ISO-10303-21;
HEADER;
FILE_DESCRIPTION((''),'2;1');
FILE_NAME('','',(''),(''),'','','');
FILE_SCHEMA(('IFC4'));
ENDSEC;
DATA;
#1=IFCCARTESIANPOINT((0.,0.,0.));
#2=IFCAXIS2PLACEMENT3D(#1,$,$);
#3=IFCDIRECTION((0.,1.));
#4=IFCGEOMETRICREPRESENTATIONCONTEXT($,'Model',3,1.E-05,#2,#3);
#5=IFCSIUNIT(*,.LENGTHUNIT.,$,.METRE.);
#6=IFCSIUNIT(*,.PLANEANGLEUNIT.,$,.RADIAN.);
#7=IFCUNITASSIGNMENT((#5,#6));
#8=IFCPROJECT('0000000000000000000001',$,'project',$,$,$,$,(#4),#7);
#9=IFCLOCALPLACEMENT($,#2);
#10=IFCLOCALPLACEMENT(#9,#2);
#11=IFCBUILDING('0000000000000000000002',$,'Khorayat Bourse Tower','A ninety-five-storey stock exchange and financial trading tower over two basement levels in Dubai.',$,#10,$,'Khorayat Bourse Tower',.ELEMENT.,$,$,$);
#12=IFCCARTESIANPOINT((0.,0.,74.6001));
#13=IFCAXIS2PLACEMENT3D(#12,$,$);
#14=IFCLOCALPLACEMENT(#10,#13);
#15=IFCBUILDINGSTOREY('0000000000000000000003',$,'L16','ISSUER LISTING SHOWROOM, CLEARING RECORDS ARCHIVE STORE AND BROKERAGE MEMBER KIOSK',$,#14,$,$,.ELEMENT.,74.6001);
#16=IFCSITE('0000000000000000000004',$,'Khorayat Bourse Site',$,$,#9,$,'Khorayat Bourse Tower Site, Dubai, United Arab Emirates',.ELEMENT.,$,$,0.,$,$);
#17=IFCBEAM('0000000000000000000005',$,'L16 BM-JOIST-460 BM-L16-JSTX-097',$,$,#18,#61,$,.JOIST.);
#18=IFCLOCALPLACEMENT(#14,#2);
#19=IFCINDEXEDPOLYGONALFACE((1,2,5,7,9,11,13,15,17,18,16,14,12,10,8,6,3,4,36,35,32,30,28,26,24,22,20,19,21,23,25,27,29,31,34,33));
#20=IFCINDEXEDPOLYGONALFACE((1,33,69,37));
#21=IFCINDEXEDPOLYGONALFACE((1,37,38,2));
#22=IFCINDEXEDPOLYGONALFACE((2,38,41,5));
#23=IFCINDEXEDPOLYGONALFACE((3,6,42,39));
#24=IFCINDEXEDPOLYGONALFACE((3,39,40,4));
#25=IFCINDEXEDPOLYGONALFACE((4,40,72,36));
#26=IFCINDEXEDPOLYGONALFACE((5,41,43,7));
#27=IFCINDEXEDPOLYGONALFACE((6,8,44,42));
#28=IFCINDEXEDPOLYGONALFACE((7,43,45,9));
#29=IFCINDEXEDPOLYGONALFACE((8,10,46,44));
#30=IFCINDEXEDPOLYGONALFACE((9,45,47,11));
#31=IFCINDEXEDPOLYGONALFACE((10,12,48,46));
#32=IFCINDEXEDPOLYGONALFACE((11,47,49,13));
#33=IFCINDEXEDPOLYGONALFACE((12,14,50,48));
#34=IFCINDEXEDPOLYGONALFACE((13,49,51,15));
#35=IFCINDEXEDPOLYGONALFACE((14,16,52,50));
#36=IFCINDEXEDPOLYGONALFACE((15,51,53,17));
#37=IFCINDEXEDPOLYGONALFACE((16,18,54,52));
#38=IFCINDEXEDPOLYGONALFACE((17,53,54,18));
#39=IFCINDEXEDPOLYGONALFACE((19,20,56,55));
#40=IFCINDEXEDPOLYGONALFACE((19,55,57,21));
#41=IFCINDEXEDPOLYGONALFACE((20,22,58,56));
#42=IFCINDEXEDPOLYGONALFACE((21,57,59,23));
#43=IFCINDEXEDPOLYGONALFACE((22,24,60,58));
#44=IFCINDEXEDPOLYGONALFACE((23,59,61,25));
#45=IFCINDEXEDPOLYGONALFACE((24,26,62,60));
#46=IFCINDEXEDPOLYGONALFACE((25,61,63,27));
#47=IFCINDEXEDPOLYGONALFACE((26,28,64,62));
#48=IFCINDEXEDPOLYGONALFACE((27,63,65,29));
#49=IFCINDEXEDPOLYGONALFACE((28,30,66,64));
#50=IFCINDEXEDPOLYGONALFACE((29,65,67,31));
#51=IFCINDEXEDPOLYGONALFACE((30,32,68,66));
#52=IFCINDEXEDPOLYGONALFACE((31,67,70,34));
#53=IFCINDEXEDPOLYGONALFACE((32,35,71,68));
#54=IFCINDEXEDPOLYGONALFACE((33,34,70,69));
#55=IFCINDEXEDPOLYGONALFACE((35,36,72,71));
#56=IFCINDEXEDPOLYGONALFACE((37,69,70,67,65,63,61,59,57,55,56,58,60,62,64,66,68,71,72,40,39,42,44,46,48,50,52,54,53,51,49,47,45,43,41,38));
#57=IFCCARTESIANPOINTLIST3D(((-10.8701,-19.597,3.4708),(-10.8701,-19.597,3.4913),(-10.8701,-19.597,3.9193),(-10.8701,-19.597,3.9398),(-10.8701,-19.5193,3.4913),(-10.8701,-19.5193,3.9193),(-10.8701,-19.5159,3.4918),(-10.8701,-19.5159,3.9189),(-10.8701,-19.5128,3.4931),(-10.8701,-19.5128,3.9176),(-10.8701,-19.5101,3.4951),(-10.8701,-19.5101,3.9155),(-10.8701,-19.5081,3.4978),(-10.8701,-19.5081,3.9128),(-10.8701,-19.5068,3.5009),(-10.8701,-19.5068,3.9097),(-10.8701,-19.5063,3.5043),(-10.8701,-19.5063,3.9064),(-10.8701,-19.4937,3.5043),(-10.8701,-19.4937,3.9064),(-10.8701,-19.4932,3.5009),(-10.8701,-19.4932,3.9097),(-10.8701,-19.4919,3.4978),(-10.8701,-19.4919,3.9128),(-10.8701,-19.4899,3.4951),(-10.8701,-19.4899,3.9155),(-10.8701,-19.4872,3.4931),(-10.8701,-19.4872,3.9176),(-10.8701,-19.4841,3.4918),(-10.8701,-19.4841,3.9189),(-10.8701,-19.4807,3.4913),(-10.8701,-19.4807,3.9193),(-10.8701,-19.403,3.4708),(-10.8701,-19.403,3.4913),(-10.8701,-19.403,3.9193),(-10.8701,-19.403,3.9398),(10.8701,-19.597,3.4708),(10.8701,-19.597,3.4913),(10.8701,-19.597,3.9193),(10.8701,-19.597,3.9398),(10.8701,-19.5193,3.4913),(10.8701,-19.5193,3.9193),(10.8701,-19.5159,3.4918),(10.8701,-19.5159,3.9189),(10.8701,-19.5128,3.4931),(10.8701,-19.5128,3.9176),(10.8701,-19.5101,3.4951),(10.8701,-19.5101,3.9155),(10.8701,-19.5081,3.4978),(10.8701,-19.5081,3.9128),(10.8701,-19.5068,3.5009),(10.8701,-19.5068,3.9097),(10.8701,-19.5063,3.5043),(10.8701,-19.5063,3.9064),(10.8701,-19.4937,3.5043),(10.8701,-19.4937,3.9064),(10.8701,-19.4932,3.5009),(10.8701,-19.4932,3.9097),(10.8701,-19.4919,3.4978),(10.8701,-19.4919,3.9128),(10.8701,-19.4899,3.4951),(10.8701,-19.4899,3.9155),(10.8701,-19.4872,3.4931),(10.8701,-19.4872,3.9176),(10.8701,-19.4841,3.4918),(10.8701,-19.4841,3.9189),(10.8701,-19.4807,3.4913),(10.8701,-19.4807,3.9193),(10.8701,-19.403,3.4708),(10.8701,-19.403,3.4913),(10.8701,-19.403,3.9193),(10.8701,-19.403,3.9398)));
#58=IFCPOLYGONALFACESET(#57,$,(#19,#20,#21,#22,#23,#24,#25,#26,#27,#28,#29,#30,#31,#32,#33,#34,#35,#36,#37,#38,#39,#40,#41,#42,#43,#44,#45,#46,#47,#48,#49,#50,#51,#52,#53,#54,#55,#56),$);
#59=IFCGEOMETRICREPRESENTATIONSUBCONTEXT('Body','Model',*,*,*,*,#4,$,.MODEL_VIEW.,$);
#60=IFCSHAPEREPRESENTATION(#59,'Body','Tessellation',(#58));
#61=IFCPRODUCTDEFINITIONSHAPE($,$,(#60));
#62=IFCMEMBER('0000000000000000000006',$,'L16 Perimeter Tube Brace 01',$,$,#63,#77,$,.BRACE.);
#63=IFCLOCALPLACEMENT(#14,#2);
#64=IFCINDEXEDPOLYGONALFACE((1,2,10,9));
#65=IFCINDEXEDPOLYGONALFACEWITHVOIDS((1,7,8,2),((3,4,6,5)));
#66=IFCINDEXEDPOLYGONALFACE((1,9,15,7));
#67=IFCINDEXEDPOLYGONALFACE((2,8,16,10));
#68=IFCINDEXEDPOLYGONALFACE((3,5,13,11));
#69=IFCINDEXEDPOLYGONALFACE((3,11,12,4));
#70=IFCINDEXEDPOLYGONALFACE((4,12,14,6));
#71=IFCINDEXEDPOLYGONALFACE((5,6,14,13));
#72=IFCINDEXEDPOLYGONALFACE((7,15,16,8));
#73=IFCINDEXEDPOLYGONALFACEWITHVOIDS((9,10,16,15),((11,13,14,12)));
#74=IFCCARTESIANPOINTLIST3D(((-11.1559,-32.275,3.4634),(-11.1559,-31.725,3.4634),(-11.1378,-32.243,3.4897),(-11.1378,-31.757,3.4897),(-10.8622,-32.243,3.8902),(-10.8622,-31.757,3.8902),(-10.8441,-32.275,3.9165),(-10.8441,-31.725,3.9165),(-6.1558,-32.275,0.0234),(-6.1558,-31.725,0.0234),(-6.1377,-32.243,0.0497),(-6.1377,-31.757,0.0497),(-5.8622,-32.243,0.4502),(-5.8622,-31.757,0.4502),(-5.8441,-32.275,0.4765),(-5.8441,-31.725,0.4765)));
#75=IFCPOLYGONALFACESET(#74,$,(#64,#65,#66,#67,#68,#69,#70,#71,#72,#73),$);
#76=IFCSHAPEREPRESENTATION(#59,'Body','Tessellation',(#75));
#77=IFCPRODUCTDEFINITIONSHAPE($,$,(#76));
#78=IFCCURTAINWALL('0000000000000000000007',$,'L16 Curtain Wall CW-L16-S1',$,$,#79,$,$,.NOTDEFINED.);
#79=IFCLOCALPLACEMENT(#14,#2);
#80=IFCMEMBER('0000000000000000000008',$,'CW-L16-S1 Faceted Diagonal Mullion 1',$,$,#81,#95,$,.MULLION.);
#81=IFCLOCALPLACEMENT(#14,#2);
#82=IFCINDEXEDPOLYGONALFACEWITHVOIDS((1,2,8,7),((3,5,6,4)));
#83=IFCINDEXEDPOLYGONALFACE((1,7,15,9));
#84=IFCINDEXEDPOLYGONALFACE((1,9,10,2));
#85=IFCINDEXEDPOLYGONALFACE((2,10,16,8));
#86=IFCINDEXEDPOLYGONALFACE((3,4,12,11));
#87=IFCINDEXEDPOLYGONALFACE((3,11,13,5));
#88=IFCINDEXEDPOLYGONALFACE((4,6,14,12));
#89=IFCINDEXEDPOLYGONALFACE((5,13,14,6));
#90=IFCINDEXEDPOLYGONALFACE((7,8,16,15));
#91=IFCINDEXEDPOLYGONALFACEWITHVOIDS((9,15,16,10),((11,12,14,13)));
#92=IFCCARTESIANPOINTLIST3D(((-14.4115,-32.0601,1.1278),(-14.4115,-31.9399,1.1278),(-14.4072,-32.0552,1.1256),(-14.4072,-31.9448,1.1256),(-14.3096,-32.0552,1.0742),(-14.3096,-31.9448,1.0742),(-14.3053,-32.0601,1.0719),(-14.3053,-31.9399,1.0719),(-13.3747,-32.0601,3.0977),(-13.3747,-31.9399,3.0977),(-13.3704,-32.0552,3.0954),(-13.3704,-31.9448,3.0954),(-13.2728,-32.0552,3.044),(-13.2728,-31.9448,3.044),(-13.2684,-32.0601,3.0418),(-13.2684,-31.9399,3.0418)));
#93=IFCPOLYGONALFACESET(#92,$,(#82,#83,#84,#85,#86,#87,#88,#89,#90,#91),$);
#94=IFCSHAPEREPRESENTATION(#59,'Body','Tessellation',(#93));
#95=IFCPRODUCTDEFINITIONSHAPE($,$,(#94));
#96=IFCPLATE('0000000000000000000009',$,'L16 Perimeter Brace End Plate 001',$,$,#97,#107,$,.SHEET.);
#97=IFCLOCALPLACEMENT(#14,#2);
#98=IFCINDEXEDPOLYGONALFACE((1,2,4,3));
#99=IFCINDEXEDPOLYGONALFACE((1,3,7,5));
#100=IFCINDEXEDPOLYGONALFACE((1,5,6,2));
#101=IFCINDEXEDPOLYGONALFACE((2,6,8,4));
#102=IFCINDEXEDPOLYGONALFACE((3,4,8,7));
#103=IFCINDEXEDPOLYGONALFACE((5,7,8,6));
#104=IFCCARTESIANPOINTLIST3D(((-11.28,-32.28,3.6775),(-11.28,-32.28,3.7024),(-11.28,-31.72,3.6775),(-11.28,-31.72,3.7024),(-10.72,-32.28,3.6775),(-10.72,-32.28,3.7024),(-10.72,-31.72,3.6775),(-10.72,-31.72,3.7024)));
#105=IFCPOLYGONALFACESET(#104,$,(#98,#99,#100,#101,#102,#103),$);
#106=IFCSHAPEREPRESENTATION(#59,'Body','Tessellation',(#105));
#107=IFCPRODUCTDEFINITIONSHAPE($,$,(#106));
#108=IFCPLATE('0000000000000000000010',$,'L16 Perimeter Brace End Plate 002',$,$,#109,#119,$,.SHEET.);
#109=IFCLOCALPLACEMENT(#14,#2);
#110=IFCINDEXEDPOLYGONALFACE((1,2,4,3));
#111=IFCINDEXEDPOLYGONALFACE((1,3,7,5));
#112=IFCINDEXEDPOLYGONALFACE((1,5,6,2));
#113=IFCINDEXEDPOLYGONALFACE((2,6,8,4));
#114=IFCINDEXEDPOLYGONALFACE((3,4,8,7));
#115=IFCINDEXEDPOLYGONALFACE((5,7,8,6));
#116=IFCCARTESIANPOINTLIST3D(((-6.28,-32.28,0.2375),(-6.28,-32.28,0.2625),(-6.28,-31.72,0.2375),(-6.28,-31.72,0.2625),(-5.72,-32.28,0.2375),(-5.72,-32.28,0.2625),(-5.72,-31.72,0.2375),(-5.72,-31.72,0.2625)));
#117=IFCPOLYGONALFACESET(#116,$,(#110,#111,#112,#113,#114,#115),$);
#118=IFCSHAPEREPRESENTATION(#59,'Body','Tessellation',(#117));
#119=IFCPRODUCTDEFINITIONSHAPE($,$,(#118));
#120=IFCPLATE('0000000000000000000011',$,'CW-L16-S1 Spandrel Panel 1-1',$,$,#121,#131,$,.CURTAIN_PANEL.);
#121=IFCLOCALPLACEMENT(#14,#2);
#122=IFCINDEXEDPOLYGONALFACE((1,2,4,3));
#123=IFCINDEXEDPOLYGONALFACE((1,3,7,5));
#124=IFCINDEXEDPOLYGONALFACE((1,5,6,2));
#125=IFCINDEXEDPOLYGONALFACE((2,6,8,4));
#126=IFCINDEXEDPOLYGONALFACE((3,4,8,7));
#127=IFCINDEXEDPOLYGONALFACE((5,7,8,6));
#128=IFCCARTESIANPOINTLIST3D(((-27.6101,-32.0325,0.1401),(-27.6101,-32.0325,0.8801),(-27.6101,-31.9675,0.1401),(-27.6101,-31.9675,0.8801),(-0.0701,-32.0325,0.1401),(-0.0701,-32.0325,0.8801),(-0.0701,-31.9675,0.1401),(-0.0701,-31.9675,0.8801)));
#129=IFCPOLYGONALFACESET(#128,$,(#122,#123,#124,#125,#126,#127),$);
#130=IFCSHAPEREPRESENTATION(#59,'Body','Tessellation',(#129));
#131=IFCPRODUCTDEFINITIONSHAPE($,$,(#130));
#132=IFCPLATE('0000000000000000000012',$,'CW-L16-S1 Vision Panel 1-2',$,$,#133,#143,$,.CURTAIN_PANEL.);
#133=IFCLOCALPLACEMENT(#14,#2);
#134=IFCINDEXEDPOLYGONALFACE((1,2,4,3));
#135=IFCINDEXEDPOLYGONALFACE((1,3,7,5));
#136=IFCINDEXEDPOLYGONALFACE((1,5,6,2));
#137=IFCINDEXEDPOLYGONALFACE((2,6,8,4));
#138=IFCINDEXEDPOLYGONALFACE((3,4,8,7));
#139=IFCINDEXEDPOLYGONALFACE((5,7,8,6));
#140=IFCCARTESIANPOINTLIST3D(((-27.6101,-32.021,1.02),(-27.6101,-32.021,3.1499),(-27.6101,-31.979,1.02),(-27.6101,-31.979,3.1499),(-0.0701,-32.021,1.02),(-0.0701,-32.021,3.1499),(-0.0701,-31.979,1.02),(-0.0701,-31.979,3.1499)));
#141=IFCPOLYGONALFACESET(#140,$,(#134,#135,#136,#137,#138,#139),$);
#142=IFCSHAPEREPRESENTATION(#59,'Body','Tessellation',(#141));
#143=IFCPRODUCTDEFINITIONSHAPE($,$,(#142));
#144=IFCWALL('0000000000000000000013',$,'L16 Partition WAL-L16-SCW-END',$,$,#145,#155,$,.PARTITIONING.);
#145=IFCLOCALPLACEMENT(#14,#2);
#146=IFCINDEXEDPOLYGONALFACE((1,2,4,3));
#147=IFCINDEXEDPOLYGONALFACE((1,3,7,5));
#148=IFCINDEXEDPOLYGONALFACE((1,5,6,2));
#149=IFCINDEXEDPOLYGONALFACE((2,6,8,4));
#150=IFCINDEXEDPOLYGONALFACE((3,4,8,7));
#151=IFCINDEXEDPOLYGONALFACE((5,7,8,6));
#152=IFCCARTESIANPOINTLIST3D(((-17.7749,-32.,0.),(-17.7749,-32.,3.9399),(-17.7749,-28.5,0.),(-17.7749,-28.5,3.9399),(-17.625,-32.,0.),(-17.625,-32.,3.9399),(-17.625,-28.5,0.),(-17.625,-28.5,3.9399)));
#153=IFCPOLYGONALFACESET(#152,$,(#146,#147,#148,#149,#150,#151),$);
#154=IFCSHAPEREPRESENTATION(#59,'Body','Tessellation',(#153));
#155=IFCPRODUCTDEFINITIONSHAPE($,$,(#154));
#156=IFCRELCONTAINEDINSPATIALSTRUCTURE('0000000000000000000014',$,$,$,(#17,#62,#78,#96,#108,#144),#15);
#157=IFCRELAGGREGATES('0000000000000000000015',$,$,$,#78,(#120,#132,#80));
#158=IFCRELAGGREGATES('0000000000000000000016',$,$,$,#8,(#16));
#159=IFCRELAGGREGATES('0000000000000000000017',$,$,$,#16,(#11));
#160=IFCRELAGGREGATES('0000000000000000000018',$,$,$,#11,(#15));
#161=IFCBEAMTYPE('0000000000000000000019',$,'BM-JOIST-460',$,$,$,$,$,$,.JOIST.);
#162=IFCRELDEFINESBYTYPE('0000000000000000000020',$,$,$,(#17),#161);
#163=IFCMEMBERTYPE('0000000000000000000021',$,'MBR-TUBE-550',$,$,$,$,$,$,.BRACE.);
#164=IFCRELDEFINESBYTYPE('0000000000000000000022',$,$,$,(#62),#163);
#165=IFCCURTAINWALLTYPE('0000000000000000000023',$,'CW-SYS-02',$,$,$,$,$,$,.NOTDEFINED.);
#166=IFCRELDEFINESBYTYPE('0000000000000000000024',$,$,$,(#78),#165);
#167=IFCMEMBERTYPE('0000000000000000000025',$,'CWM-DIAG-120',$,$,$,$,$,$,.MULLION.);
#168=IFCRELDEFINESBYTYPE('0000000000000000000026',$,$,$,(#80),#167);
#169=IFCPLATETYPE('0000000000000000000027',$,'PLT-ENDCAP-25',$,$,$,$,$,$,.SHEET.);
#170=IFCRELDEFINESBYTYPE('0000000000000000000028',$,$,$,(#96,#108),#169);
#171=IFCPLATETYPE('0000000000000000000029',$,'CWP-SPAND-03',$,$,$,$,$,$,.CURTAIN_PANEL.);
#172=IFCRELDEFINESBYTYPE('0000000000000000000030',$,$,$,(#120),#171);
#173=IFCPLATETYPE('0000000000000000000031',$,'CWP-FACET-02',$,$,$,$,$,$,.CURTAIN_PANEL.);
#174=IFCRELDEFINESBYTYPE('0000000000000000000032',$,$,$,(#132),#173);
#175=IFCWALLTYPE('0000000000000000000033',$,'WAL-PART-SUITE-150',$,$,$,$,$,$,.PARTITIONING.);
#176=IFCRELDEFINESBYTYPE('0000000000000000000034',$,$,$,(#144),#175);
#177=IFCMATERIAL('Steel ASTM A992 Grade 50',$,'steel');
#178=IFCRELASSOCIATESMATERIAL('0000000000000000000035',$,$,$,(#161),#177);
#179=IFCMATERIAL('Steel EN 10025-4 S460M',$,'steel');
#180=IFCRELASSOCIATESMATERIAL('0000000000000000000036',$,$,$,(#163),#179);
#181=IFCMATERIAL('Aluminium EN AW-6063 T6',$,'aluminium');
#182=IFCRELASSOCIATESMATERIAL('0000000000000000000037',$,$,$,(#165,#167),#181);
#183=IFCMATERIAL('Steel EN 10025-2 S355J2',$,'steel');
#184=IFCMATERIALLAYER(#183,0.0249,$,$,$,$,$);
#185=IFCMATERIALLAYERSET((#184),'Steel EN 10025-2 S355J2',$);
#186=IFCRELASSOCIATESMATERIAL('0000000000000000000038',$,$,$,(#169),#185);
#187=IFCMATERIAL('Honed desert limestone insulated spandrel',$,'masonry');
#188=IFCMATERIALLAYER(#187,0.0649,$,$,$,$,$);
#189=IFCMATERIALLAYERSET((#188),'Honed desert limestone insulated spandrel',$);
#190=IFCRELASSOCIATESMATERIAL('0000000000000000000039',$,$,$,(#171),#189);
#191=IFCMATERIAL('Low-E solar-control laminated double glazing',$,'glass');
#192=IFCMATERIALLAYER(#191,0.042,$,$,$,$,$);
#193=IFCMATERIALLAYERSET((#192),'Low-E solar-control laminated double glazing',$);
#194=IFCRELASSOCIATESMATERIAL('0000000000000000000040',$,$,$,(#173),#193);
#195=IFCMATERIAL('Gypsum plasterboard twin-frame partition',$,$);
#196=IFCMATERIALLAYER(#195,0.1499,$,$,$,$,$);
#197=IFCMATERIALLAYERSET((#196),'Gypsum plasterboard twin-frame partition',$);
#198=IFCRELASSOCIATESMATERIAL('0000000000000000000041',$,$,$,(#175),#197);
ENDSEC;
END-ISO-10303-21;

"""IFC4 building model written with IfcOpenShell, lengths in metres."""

from ifc_helpers import new_model, si_unit, direction, frame, frame_2d, origin, origin_2d, place, context, subcontext, project, spatial, rectangle, hollow_rectangle, i_section, extrude, source, transform, mapped, material, layer, layer_set, material_profile, profile_set, type_object, element, aggregate, save


model = new_model("IFC4")

# Units and contexts
model_context = context("Model", 3, precision=1e-05, world=origin(), true_north=direction((0.0, 1.0)))
body_context = subcontext(model_context, "Body", "Model", "MODEL_VIEW")
ifc_project = project(units=[si_unit("LENGTHUNIT", "METRE"), si_unit("PLANEANGLEUNIT", "RADIAN")], contexts=[model_context])

# Site, building, storey
site_placement = place(None, origin())
site = spatial("IfcSite", under=ifc_project, at=site_placement, Name="Khorayat Bourse Site", LongName="Khorayat Bourse Tower Site, Dubai, United Arab Emirates", CompositionType="ELEMENT", RefElevation=0.0)
building_placement = place(site_placement, origin())
building = spatial("IfcBuilding", under=site, at=building_placement, Name="Khorayat Bourse Tower", Description="A ninety-five-storey stock exchange and financial trading tower over two basement levels in Dubai.", LongName="Khorayat Bourse Tower", CompositionType="ELEMENT")
storey_placement = place(building_placement, frame((0.0, 0.0, 74.6001)))
storey = spatial("IfcBuildingStorey", under=building, at=storey_placement, Name="L16", Description="ISSUER LISTING SHOWROOM, CLEARING RECORDS ARCHIVE STORE AND BROKERAGE MEMBER KIOSK", CompositionType="ELEMENT", Elevation=74.6001)

# Shared definitions
ifc_material_1 = material(Name="Steel EN 10025-4 S460M", Category="steel")

# Beam
ifc_material_2 = material(Name="Steel ASTM A992 Grade 50", Category="steel")
ifc_material_profile_1 = material_profile(ifc_material_2, i_section(OverallWidth=0.1941, OverallDepth=0.469, WebThickness=0.0127, FlangeThickness=0.0205, FilletRadius=0.0129, at=origin_2d()), Name="W460X106")
ifc_profile_set_1 = profile_set([ifc_material_profile_1], Name="Steel ASTM A992 Grade 50")
beam_type_1 = type_object("IfcBeamType", Name="BM-JOIST-460", PredefinedType="JOIST", material=ifc_profile_set_1)
shared_shape_1 = source(origin(), body_context, "Body", "SweptSolid", [
    extrude(i_section(OverallWidth=0.1941, OverallDepth=0.469, WebThickness=0.0127, FlangeThickness=0.0205, FilletRadius=0.0129, at=origin_2d()), origin(), (0.0, 0.0, 1.0), 21.7402),
])
beam_1_placement = place(storey_placement, frame((-10.8701, -19.5, 3.7053), z_axis=(1.0, 0.0, 0.0), x_axis=(0.0, 1.0, 0.0)))
element("IfcBeam", 1, at=beam_1_placement, inside=storey, type_object=beam_type_1, Name="L16 BM-JOIST-460 BM-L16-JSTX-097", PredefinedType="JOIST", context=body_context, shape_type="MappedRepresentation", body=[
    mapped(shared_shape_1, transform((0.0, 0.0, 0.0), scale=1.0)),
])

# Member
ifc_material_profile_2 = material_profile(ifc_material_1, hollow_rectangle(XDim=0.55, YDim=0.55, WallThickness=0.032, at=origin_2d()), Name="HSS 550x550x32")
ifc_profile_set_2 = profile_set([ifc_material_profile_2], Name="Steel EN 10025-4 S460M")
member_type_1 = type_object("IfcMemberType", Name="MBR-TUBE-550", PredefinedType="BRACE", material=ifc_profile_set_2)
shared_shape_2 = source(origin(), body_context, "Body", "SweptSolid", [
    extrude(hollow_rectangle(XDim=0.55, YDim=0.55, WallThickness=0.032, at=origin_2d()), origin(), (0.0, 0.0, 1.0), 6.0691),
])
member_1_placement = place(storey_placement, frame((-11.0, -32.0, 3.6899), z_axis=(0.823854, 0.0, -0.566802), x_axis=(0.0, 1.0, 0.0)))
element("IfcMember", 2, at=member_1_placement, inside=storey, type_object=member_type_1, Name="L16 Perimeter Tube Brace 01", PredefinedType="BRACE", context=body_context, shape_type="MappedRepresentation", body=[
    mapped(shared_shape_2, transform((0.0, 0.0, 0.0), scale=1.0)),
])

# Curtain wall, member
ifc_material_3 = material(Name="Aluminium EN AW-6063 T6", Category="aluminium")
curtain_wall_type = type_object("IfcCurtainWallType", Name="CW-SYS-02", PredefinedType="NOTDEFINED", material=ifc_material_3)
curtain_wall_placement = place(storey_placement, origin())
curtain_wall = element("IfcCurtainWall", 3, at=curtain_wall_placement, inside=storey, type_object=curtain_wall_type, Name="L16 Curtain Wall CW-L16-S1", PredefinedType="NOTDEFINED")
ifc_material_profile_3 = material_profile(ifc_material_3, hollow_rectangle(XDim=0.1201, YDim=0.1201, WallThickness=0.0049, at=origin_2d()), Name="ALU 120x120x5")
ifc_profile_set_3 = profile_set([ifc_material_profile_3], Name="Aluminium EN AW-6063 T6")
member_type_2 = type_object("IfcMemberType", Name="CWM-DIAG-120", PredefinedType="MULLION", material=ifc_profile_set_3)
shared_shape_3 = source(origin(), body_context, "Body", "SweptSolid", [
    extrude(hollow_rectangle(XDim=0.1201, YDim=0.1201, WallThickness=0.0049, at=origin_2d()), origin(), (0.0, 0.0, 1.0), 2.2261),
])
member_2_placement = place(storey_placement, frame((-14.3584, -32.0, 1.0999), z_axis=(0.46576, 0.0, 0.884911), x_axis=(0.0, 1.0, 0.0)))
member_2 = element("IfcMember", 4, at=member_2_placement, type_object=member_type_2, Name="CW-L16-S1 Faceted Diagonal Mullion 1", PredefinedType="MULLION", context=body_context, shape_type="MappedRepresentation", body=[
    mapped(shared_shape_3, transform((0.0, 0.0, 0.0), scale=1.0)),
])

# Plates
ifc_material_4 = material(Name="Steel EN 10025-2 S355J2", Category="steel")
ifc_layer_1 = layer(ifc_material_4, 0.0249)
ifc_layer_set_1 = layer_set([ifc_layer_1], Name="Steel EN 10025-2 S355J2")
plate_type_1 = type_object("IfcPlateType", Name="PLT-ENDCAP-25", PredefinedType="SHEET", material=ifc_layer_set_1)
shared_shape_4 = source(origin(), body_context, "Body", "SweptSolid", [
    extrude(rectangle(XDim=0.5601, YDim=0.5601, at=origin_2d()), origin(), (0.0, 0.0, 1.0), 0.0249),
])
for number, where, z_axis, x_axis, name in (
    (5, (-11.0, -32.0, 3.6775), (0.0, 0.0, 1.0), (1.0, 0.0, 0.0), "L16 Perimeter Brace End Plate 001"),
    (6, (-6.0, -32.0, 0.2375), (0.0, 0.0, 1.0), (1.0, 0.0, 0.0), "L16 Perimeter Brace End Plate 002"),
):
    element("IfcPlate", number, at=place(storey_placement, frame(where, z_axis=z_axis, x_axis=x_axis)), inside=storey, type_object=plate_type_1, Name=name, PredefinedType="SHEET", context=body_context, shape_type="MappedRepresentation", body=[
        mapped(shared_shape_4, transform((0.0, 0.0, 0.0), scale=1.0)),
    ])

# Plates
ifc_material_5 = material(Name="Honed desert limestone insulated spandrel", Category="masonry")
ifc_layer_2 = layer(ifc_material_5, 0.0649)
ifc_layer_set_2 = layer_set([ifc_layer_2], Name="Honed desert limestone insulated spandrel")
plate_type_2 = type_object("IfcPlateType", Name="CWP-SPAND-03", PredefinedType="CURTAIN_PANEL", material=ifc_layer_set_2)
shared_shape_5 = source(origin(), body_context, "Body", "SweptSolid", [
    extrude(rectangle(XDim=27.54, YDim=0.0649, at=origin_2d()), origin(), (0.0, 0.0, 1.0), 0.74),
])
plate_1_placement = place(storey_placement, frame((-13.8401, -32.0, 0.1401), z_axis=(0.0, 0.0, 1.0), x_axis=(1.0, 0.0, 0.0)))
plate_1 = element("IfcPlate", 7, at=plate_1_placement, type_object=plate_type_2, Name="CW-L16-S1 Spandrel Panel 1-1", PredefinedType="CURTAIN_PANEL", context=body_context, shape_type="MappedRepresentation", body=[
    mapped(shared_shape_5, transform((0.0, 0.0, 0.0), scale=1.0)),
])
ifc_material_6 = material(Name="Low-E solar-control laminated double glazing", Category="glass")
ifc_layer_3 = layer(ifc_material_6, 0.042)
ifc_layer_set_3 = layer_set([ifc_layer_3], Name="Low-E solar-control laminated double glazing")
plate_type_3 = type_object("IfcPlateType", Name="CWP-FACET-02", PredefinedType="CURTAIN_PANEL", material=ifc_layer_set_3)
shared_shape_6 = source(origin(), body_context, "Body", "SweptSolid", [
    extrude(rectangle(XDim=27.54, YDim=0.042, at=origin_2d()), origin(), (0.0, 0.0, 1.0), 2.1299),
])
plate_2_placement = place(storey_placement, frame((-13.8401, -32.0, 1.02), z_axis=(0.0, 0.0, 1.0), x_axis=(1.0, 0.0, 0.0)))
plate_2 = element("IfcPlate", 8, at=plate_2_placement, type_object=plate_type_3, Name="CW-L16-S1 Vision Panel 1-2", PredefinedType="CURTAIN_PANEL", context=body_context, shape_type="MappedRepresentation", body=[
    mapped(shared_shape_6, transform((0.0, 0.0, 0.0), scale=1.0)),
])
aggregate(curtain_wall, [plate_1, plate_2, member_2])

# Wall
ifc_material_7 = material(Name="Gypsum plasterboard twin-frame partition")
ifc_layer_4 = layer(ifc_material_7, 0.1499)
ifc_layer_set_4 = layer_set([ifc_layer_4], Name="Gypsum plasterboard twin-frame partition")
wall_type_1 = type_object("IfcWallType", Name="WAL-PART-SUITE-150", PredefinedType="PARTITIONING", material=ifc_layer_set_4)
shared_shape_7 = source(origin(), body_context, "Body", "SweptSolid", [
    extrude(rectangle(XDim=3.5, YDim=0.1499, at=frame_2d((1.75, 0.0))), origin(), (0.0, 0.0, 1.0), 3.9399),
])
wall_1_placement = place(storey_placement, frame((-17.7, -32.0, 0.0), z_axis=(0.0, 0.0, 1.0), x_axis=(0.0, 1.0, 0.0)))
element("IfcWall", 9, at=wall_1_placement, inside=storey, type_object=wall_type_1, Name="L16 Partition WAL-L16-SCW-END", PredefinedType="PARTITIONING", context=body_context, shape_type="MappedRepresentation", body=[
    mapped(shared_shape_7, transform((0.0, 0.0, 0.0), scale=1.0)),
])

save(model, "model.ifc")
